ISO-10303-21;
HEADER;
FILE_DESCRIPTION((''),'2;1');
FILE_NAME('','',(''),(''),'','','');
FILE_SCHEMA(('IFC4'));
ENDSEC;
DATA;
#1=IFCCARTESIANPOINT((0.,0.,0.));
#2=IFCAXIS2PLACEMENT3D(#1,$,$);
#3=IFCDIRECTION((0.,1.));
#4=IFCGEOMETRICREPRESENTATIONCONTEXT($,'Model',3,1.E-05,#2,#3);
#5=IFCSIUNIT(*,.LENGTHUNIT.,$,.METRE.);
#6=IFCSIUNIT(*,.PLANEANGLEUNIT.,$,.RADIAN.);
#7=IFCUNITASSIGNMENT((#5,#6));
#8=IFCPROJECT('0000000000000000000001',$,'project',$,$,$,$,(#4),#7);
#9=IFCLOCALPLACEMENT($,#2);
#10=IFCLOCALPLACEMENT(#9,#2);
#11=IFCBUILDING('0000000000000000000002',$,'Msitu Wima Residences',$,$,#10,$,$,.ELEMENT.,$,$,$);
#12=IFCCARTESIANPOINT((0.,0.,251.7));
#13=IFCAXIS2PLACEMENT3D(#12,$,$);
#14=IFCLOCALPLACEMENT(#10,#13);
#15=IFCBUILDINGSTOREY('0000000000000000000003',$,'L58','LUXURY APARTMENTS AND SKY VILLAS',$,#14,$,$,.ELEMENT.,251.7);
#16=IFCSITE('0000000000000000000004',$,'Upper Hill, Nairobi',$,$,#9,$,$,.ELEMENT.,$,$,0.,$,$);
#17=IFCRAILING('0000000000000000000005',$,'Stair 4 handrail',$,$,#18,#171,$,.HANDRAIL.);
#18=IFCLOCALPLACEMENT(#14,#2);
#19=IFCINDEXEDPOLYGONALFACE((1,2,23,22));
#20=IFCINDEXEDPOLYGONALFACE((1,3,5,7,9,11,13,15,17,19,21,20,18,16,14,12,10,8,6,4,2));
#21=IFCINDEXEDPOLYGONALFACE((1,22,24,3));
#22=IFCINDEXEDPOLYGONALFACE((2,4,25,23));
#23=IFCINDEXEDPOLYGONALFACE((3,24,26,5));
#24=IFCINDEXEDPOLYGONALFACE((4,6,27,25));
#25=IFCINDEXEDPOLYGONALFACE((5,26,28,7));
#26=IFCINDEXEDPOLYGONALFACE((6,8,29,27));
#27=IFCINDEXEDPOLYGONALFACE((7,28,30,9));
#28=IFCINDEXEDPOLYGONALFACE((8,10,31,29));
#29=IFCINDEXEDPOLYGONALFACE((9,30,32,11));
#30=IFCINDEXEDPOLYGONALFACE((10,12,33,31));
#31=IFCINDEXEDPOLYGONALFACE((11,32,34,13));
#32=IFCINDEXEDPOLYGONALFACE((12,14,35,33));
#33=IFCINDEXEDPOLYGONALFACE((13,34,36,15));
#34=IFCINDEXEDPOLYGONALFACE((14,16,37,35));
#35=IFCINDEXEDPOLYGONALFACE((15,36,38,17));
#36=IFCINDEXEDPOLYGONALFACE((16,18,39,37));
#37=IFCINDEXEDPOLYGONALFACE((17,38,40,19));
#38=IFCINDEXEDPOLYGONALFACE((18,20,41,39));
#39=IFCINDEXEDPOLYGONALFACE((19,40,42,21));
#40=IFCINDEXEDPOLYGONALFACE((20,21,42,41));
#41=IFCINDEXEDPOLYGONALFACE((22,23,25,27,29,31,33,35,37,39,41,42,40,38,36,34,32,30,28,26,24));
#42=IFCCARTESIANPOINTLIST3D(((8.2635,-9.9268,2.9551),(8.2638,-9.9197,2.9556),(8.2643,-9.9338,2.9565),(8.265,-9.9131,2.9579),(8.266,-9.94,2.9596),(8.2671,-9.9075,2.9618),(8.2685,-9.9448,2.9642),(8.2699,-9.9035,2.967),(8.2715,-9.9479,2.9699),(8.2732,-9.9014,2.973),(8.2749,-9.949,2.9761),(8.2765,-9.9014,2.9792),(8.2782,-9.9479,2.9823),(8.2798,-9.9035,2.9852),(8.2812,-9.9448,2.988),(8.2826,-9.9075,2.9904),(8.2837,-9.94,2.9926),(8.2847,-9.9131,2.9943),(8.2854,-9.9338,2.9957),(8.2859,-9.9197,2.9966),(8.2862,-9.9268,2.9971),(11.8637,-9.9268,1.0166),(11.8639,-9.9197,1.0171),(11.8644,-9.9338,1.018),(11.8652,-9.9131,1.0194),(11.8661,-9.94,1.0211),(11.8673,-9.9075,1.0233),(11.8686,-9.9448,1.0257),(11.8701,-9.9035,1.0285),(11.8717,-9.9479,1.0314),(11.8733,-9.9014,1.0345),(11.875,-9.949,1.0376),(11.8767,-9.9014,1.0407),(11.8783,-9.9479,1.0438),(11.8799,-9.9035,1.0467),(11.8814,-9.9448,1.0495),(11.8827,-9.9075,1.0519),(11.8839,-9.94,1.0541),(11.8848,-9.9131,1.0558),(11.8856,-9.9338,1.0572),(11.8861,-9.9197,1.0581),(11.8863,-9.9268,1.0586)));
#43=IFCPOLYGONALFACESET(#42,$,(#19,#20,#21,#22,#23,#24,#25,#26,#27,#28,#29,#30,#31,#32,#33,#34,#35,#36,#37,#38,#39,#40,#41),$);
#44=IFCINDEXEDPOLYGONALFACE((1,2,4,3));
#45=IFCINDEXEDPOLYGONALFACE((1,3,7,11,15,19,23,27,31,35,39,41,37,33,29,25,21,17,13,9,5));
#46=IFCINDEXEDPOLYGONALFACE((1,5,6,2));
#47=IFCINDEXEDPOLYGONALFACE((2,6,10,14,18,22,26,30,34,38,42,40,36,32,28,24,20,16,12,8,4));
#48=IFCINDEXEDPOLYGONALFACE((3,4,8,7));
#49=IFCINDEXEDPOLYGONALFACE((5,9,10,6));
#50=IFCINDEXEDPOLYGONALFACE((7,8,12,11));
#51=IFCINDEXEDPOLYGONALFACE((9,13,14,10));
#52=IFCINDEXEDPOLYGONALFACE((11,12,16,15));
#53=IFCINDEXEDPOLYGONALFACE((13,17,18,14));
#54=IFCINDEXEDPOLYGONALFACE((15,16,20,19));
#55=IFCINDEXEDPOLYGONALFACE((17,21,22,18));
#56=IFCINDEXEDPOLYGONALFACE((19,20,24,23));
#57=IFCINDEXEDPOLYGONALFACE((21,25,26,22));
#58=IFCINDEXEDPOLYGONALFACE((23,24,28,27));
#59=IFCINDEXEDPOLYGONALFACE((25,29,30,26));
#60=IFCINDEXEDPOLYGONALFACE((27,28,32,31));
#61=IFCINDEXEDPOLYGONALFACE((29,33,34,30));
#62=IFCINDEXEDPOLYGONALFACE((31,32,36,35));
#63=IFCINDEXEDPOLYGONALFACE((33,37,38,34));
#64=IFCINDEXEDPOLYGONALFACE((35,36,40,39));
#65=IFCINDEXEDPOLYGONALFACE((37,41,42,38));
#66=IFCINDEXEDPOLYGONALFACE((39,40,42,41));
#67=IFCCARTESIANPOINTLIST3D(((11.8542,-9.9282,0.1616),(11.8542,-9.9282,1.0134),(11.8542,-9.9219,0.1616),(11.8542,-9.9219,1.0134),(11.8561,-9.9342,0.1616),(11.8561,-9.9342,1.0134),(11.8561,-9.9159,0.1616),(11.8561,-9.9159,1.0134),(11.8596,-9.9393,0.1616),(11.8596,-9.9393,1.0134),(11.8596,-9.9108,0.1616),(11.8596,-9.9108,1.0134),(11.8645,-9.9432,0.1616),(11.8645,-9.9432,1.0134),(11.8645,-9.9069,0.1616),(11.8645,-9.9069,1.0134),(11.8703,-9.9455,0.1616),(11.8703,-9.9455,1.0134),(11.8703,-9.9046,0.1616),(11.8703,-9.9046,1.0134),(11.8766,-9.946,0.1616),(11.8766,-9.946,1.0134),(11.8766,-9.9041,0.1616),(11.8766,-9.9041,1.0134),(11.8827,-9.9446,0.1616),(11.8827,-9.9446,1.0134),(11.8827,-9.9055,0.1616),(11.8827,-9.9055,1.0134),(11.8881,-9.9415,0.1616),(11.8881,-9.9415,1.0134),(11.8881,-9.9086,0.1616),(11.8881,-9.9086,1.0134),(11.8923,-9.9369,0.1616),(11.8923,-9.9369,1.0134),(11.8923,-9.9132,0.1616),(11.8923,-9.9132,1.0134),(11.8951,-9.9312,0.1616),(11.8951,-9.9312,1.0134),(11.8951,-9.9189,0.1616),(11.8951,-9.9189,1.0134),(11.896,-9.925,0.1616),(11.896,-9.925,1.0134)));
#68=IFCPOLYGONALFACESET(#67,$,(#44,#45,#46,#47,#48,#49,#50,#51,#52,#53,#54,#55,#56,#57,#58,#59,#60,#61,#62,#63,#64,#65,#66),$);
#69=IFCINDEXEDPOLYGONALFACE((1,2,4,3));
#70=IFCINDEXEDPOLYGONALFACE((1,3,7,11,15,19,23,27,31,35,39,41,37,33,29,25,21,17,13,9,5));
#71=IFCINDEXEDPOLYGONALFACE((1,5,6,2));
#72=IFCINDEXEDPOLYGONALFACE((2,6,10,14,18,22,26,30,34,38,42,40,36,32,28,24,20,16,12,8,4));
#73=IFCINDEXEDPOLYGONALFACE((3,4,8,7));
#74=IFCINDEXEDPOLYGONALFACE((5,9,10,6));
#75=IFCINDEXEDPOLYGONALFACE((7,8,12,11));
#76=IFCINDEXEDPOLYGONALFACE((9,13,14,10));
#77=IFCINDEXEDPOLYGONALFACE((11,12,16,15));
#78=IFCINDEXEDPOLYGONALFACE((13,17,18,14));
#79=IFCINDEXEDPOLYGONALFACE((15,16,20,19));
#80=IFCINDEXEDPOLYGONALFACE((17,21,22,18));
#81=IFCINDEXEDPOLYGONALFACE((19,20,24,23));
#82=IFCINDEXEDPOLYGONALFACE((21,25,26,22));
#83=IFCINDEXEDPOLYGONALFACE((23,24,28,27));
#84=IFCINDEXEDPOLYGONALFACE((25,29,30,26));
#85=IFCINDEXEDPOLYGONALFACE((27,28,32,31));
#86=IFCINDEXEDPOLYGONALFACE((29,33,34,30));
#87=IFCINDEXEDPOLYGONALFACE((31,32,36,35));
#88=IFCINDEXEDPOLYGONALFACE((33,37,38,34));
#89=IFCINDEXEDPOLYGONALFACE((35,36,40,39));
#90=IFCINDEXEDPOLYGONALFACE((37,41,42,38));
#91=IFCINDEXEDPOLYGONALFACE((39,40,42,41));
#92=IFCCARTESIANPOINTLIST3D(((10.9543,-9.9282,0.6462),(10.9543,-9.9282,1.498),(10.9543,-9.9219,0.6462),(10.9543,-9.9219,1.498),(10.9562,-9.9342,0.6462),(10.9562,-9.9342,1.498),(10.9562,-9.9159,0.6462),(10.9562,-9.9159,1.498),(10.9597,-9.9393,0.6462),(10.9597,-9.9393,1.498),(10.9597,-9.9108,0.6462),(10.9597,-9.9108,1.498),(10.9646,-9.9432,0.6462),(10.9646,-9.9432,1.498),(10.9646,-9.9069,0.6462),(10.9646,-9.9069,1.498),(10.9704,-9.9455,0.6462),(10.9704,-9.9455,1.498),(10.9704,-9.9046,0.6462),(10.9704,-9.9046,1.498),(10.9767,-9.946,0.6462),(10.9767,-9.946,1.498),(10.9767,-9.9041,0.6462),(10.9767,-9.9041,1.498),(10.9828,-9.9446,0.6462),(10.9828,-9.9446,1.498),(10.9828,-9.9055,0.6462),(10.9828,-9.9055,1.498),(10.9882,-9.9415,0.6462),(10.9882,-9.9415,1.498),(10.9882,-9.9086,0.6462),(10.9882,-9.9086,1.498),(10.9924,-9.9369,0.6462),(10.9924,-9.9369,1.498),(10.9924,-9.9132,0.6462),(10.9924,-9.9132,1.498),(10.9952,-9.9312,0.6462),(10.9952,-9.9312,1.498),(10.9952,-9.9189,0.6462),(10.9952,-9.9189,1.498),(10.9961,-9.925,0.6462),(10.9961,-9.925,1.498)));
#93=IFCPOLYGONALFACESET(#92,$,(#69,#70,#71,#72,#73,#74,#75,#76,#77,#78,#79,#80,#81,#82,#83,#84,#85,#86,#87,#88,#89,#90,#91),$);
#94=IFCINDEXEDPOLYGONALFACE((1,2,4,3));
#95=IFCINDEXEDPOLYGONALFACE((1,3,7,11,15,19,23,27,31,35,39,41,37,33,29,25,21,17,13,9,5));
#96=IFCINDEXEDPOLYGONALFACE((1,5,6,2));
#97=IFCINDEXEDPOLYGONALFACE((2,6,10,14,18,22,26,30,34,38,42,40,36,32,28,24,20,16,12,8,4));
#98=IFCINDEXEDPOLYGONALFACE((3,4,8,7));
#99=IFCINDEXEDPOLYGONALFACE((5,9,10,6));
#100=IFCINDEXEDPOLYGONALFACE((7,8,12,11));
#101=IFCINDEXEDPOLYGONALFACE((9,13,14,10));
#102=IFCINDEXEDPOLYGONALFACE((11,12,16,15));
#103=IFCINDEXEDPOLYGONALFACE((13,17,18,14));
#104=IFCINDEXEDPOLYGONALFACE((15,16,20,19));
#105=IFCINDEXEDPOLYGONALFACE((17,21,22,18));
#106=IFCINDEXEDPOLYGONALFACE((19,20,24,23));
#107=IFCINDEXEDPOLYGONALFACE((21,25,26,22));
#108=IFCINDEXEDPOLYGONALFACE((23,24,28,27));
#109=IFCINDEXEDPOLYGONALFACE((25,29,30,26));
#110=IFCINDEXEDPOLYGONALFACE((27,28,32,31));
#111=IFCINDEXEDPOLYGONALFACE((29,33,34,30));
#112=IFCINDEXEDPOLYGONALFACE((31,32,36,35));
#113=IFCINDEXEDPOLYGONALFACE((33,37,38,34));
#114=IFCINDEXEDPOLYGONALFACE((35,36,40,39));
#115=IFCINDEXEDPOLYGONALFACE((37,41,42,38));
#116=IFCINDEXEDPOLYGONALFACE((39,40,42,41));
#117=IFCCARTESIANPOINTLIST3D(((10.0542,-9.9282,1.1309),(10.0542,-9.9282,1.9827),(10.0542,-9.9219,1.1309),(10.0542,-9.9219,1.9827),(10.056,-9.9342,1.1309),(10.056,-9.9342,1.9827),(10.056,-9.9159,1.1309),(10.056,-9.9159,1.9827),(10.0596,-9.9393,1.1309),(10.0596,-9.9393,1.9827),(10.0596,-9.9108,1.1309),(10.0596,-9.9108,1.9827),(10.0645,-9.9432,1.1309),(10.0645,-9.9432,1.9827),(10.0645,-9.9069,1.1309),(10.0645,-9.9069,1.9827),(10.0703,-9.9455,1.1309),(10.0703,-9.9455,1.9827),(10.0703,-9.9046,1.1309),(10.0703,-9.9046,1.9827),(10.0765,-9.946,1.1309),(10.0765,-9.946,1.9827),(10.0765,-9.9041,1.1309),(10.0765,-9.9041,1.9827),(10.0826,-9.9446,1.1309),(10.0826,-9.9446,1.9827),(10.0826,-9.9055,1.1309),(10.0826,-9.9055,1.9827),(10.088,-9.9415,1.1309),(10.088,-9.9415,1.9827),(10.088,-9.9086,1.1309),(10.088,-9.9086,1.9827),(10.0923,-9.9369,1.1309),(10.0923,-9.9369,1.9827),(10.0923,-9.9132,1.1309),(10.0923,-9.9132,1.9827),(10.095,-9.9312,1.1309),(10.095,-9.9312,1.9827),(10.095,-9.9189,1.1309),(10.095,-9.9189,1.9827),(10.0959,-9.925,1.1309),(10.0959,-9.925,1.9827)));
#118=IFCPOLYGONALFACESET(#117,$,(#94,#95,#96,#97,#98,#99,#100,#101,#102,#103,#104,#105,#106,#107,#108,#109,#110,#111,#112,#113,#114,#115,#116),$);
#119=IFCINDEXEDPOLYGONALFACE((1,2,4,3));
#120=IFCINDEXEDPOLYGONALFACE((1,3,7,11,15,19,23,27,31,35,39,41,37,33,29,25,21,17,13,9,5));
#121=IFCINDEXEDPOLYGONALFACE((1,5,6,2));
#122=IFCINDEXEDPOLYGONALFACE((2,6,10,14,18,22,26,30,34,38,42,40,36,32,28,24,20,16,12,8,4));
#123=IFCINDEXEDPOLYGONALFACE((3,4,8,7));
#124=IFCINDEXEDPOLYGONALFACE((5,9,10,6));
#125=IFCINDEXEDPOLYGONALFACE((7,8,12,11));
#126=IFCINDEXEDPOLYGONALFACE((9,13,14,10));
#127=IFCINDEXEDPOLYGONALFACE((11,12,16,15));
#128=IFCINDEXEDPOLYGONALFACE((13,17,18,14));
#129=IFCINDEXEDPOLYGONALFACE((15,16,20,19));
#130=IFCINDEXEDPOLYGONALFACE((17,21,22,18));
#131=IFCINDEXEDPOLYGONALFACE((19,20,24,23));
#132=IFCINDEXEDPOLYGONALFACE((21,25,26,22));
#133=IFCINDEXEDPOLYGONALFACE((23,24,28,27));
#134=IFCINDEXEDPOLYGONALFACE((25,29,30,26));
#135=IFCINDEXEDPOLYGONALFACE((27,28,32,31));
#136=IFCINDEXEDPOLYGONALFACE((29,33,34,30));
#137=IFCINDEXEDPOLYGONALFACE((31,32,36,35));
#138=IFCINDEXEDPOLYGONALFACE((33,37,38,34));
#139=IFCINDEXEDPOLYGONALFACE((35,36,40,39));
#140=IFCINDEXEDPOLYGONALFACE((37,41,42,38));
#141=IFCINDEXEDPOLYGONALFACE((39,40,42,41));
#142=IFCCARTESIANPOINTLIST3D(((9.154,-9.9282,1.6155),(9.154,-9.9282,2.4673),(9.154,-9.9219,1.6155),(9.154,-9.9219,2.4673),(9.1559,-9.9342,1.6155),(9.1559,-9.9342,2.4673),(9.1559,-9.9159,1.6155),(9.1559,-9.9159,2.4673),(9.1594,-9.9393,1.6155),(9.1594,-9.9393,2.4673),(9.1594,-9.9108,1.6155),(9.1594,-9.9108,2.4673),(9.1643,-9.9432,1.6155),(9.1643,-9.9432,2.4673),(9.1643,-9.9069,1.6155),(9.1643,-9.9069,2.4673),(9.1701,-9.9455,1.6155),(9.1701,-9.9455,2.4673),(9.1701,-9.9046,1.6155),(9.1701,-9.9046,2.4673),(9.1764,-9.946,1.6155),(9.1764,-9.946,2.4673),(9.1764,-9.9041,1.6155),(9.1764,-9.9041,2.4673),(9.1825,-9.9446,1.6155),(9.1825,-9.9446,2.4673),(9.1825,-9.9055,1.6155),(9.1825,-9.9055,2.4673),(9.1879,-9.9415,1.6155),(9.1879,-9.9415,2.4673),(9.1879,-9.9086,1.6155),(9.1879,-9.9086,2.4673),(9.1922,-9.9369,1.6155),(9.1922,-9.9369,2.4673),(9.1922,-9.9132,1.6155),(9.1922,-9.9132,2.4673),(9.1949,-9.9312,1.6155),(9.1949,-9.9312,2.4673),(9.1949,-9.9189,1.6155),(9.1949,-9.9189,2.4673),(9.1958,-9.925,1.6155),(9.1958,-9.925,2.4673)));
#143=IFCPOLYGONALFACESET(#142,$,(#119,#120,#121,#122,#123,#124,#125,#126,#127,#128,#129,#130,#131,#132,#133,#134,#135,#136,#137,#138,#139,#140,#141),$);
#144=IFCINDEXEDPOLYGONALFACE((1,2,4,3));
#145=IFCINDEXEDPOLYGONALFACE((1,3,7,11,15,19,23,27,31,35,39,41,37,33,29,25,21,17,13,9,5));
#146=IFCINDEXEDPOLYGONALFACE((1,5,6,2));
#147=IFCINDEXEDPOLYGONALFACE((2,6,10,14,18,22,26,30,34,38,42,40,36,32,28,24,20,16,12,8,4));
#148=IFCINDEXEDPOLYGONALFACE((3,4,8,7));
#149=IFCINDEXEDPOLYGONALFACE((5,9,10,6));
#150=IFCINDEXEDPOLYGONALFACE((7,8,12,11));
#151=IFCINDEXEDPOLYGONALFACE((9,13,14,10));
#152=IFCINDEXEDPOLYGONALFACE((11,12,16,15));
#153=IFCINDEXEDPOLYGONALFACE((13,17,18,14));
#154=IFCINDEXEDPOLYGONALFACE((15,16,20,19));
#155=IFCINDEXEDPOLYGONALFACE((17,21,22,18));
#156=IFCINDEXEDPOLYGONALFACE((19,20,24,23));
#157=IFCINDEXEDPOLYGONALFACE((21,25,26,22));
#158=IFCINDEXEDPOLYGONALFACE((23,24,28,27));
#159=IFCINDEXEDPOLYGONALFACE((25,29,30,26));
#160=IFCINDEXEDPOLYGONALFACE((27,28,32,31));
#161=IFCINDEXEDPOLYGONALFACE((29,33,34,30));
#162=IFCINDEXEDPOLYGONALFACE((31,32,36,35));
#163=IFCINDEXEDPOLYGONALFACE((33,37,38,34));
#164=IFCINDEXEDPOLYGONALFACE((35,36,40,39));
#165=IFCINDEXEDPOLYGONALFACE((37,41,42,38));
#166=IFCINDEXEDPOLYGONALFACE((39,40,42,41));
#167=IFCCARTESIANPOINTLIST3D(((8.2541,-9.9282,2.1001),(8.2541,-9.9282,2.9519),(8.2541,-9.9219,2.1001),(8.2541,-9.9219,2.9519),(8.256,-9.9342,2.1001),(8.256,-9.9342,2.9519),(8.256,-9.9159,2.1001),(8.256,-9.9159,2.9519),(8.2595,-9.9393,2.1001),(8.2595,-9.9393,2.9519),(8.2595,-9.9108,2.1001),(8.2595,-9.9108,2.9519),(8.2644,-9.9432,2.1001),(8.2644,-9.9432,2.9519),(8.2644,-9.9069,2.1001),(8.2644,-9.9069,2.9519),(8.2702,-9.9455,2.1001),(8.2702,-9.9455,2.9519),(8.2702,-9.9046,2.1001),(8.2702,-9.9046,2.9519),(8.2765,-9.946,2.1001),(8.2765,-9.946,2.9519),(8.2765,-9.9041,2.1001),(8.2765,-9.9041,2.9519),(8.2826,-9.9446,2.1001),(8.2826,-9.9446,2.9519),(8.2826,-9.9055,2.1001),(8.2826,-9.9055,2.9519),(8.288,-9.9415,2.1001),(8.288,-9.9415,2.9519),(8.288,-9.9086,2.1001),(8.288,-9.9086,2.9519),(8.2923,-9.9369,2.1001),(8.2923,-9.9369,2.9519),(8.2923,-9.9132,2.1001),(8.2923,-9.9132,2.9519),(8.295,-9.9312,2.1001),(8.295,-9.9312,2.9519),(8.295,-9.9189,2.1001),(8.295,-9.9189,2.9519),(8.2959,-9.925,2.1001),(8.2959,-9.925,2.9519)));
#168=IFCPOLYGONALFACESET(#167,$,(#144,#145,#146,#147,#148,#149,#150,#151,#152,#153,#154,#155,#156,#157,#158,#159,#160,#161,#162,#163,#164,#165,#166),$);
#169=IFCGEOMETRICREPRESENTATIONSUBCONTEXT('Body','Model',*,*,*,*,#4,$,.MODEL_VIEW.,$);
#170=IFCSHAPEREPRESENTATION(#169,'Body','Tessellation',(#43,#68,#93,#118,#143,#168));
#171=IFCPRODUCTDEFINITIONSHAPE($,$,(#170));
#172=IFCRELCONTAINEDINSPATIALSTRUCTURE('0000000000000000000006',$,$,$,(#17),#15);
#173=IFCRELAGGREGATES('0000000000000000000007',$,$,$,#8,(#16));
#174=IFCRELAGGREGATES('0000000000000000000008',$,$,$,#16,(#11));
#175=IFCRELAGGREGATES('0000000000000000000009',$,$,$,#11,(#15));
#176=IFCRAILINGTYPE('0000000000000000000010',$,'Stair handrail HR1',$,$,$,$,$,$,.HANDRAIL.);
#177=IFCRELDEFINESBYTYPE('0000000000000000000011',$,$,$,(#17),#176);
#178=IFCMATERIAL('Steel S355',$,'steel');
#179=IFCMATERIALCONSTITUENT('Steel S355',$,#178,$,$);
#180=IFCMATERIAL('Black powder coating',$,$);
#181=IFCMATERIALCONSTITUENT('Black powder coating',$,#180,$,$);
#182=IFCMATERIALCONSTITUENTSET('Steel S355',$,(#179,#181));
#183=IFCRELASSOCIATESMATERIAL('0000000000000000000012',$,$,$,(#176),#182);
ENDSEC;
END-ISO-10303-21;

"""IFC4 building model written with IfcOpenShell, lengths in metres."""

from ifc_helpers import new_model, si_unit, direction, frame, origin, origin_2d, place, context, subcontext, project, spatial, circle, extrude, material, constituent, constituent_set, type_object, element, save


model = new_model("IFC4")

# Units and contexts
model_context = context("Model", 3, precision=1e-05, world=origin(), true_north=direction((0.0, 1.0)))
body_context = subcontext(model_context, "Body", "Model", "MODEL_VIEW")
ifc_project = project(units=[si_unit("LENGTHUNIT", "METRE"), si_unit("PLANEANGLEUNIT", "RADIAN")], contexts=[model_context])

# Site, building, storey
site_placement = place(None, origin())
site = spatial("IfcSite", under=ifc_project, at=site_placement, Name="Upper Hill, Nairobi", CompositionType="ELEMENT", RefElevation=0.0)
building_placement = place(site_placement, origin())
building = spatial("IfcBuilding", under=site, at=building_placement, Name="Msitu Wima Residences", CompositionType="ELEMENT")
storey_placement = place(building_placement, frame((0.0, 0.0, 251.7)))
storey = spatial("IfcBuildingStorey", under=building, at=storey_placement, Name="L58", Description="LUXURY APARTMENTS AND SKY VILLAS", CompositionType="ELEMENT", Elevation=251.7)

# Railing
ifc_material_1 = material(Name="Steel S355", Category="steel")
ifc_constituent_1 = constituent(ifc_material_1, Name="Steel S355")
ifc_material_2 = material(Name="Black powder coating")
ifc_constituent_2 = constituent(ifc_material_2, Name="Black powder coating")
ifc_constituent_set = constituent_set(constituents=[ifc_constituent_1, ifc_constituent_2], Name="Steel S355")
railing_type = type_object("IfcRailingType", Name="Stair handrail HR1", PredefinedType="HANDRAIL", material=ifc_constituent_set)
for number, where, name in (
    (1, (11.875, -9.925, 0.1616), "Stair 4 handrail"),
):
    element("IfcRailing", number, at=place(storey_placement, frame(where)), inside=storey, type_object=railing_type, Name=name, PredefinedType="HANDRAIL", context=body_context, shape_type="SweptSolid", body=[
        extrude(circle(Radius=0.0239, at=origin_2d()), frame((0.0, 0.0, 0.876), z_axis=(-0.880475, 0.0, 0.474093), x_axis=(0.0, -1.0, 0.0)), (0.0, 0.0, 1.0), 4.0889),
        extrude(circle(Radius=0.021, at=origin_2d()), origin(), (0.0, 0.0, 1.0), 0.8518),
        extrude(circle(Radius=0.021, at=origin_2d()), frame((-0.8999, 0.0, 0.4846)), (0.0, 0.0, 1.0), 0.8518),
        extrude(circle(Radius=0.021, at=origin_2d()), frame((-1.8, 0.0, 0.9692)), (0.0, 0.0, 1.0), 0.8518),
        extrude(circle(Radius=0.021, at=origin_2d()), frame((-2.7002, 0.0, 1.4539)), (0.0, 0.0, 1.0), 0.8518),
        extrude(circle(Radius=0.021, at=origin_2d()), frame((-3.6001, 0.0, 1.9385)), (0.0, 0.0, 1.0), 0.8518),
    ])

save(model, "model.ifc")
